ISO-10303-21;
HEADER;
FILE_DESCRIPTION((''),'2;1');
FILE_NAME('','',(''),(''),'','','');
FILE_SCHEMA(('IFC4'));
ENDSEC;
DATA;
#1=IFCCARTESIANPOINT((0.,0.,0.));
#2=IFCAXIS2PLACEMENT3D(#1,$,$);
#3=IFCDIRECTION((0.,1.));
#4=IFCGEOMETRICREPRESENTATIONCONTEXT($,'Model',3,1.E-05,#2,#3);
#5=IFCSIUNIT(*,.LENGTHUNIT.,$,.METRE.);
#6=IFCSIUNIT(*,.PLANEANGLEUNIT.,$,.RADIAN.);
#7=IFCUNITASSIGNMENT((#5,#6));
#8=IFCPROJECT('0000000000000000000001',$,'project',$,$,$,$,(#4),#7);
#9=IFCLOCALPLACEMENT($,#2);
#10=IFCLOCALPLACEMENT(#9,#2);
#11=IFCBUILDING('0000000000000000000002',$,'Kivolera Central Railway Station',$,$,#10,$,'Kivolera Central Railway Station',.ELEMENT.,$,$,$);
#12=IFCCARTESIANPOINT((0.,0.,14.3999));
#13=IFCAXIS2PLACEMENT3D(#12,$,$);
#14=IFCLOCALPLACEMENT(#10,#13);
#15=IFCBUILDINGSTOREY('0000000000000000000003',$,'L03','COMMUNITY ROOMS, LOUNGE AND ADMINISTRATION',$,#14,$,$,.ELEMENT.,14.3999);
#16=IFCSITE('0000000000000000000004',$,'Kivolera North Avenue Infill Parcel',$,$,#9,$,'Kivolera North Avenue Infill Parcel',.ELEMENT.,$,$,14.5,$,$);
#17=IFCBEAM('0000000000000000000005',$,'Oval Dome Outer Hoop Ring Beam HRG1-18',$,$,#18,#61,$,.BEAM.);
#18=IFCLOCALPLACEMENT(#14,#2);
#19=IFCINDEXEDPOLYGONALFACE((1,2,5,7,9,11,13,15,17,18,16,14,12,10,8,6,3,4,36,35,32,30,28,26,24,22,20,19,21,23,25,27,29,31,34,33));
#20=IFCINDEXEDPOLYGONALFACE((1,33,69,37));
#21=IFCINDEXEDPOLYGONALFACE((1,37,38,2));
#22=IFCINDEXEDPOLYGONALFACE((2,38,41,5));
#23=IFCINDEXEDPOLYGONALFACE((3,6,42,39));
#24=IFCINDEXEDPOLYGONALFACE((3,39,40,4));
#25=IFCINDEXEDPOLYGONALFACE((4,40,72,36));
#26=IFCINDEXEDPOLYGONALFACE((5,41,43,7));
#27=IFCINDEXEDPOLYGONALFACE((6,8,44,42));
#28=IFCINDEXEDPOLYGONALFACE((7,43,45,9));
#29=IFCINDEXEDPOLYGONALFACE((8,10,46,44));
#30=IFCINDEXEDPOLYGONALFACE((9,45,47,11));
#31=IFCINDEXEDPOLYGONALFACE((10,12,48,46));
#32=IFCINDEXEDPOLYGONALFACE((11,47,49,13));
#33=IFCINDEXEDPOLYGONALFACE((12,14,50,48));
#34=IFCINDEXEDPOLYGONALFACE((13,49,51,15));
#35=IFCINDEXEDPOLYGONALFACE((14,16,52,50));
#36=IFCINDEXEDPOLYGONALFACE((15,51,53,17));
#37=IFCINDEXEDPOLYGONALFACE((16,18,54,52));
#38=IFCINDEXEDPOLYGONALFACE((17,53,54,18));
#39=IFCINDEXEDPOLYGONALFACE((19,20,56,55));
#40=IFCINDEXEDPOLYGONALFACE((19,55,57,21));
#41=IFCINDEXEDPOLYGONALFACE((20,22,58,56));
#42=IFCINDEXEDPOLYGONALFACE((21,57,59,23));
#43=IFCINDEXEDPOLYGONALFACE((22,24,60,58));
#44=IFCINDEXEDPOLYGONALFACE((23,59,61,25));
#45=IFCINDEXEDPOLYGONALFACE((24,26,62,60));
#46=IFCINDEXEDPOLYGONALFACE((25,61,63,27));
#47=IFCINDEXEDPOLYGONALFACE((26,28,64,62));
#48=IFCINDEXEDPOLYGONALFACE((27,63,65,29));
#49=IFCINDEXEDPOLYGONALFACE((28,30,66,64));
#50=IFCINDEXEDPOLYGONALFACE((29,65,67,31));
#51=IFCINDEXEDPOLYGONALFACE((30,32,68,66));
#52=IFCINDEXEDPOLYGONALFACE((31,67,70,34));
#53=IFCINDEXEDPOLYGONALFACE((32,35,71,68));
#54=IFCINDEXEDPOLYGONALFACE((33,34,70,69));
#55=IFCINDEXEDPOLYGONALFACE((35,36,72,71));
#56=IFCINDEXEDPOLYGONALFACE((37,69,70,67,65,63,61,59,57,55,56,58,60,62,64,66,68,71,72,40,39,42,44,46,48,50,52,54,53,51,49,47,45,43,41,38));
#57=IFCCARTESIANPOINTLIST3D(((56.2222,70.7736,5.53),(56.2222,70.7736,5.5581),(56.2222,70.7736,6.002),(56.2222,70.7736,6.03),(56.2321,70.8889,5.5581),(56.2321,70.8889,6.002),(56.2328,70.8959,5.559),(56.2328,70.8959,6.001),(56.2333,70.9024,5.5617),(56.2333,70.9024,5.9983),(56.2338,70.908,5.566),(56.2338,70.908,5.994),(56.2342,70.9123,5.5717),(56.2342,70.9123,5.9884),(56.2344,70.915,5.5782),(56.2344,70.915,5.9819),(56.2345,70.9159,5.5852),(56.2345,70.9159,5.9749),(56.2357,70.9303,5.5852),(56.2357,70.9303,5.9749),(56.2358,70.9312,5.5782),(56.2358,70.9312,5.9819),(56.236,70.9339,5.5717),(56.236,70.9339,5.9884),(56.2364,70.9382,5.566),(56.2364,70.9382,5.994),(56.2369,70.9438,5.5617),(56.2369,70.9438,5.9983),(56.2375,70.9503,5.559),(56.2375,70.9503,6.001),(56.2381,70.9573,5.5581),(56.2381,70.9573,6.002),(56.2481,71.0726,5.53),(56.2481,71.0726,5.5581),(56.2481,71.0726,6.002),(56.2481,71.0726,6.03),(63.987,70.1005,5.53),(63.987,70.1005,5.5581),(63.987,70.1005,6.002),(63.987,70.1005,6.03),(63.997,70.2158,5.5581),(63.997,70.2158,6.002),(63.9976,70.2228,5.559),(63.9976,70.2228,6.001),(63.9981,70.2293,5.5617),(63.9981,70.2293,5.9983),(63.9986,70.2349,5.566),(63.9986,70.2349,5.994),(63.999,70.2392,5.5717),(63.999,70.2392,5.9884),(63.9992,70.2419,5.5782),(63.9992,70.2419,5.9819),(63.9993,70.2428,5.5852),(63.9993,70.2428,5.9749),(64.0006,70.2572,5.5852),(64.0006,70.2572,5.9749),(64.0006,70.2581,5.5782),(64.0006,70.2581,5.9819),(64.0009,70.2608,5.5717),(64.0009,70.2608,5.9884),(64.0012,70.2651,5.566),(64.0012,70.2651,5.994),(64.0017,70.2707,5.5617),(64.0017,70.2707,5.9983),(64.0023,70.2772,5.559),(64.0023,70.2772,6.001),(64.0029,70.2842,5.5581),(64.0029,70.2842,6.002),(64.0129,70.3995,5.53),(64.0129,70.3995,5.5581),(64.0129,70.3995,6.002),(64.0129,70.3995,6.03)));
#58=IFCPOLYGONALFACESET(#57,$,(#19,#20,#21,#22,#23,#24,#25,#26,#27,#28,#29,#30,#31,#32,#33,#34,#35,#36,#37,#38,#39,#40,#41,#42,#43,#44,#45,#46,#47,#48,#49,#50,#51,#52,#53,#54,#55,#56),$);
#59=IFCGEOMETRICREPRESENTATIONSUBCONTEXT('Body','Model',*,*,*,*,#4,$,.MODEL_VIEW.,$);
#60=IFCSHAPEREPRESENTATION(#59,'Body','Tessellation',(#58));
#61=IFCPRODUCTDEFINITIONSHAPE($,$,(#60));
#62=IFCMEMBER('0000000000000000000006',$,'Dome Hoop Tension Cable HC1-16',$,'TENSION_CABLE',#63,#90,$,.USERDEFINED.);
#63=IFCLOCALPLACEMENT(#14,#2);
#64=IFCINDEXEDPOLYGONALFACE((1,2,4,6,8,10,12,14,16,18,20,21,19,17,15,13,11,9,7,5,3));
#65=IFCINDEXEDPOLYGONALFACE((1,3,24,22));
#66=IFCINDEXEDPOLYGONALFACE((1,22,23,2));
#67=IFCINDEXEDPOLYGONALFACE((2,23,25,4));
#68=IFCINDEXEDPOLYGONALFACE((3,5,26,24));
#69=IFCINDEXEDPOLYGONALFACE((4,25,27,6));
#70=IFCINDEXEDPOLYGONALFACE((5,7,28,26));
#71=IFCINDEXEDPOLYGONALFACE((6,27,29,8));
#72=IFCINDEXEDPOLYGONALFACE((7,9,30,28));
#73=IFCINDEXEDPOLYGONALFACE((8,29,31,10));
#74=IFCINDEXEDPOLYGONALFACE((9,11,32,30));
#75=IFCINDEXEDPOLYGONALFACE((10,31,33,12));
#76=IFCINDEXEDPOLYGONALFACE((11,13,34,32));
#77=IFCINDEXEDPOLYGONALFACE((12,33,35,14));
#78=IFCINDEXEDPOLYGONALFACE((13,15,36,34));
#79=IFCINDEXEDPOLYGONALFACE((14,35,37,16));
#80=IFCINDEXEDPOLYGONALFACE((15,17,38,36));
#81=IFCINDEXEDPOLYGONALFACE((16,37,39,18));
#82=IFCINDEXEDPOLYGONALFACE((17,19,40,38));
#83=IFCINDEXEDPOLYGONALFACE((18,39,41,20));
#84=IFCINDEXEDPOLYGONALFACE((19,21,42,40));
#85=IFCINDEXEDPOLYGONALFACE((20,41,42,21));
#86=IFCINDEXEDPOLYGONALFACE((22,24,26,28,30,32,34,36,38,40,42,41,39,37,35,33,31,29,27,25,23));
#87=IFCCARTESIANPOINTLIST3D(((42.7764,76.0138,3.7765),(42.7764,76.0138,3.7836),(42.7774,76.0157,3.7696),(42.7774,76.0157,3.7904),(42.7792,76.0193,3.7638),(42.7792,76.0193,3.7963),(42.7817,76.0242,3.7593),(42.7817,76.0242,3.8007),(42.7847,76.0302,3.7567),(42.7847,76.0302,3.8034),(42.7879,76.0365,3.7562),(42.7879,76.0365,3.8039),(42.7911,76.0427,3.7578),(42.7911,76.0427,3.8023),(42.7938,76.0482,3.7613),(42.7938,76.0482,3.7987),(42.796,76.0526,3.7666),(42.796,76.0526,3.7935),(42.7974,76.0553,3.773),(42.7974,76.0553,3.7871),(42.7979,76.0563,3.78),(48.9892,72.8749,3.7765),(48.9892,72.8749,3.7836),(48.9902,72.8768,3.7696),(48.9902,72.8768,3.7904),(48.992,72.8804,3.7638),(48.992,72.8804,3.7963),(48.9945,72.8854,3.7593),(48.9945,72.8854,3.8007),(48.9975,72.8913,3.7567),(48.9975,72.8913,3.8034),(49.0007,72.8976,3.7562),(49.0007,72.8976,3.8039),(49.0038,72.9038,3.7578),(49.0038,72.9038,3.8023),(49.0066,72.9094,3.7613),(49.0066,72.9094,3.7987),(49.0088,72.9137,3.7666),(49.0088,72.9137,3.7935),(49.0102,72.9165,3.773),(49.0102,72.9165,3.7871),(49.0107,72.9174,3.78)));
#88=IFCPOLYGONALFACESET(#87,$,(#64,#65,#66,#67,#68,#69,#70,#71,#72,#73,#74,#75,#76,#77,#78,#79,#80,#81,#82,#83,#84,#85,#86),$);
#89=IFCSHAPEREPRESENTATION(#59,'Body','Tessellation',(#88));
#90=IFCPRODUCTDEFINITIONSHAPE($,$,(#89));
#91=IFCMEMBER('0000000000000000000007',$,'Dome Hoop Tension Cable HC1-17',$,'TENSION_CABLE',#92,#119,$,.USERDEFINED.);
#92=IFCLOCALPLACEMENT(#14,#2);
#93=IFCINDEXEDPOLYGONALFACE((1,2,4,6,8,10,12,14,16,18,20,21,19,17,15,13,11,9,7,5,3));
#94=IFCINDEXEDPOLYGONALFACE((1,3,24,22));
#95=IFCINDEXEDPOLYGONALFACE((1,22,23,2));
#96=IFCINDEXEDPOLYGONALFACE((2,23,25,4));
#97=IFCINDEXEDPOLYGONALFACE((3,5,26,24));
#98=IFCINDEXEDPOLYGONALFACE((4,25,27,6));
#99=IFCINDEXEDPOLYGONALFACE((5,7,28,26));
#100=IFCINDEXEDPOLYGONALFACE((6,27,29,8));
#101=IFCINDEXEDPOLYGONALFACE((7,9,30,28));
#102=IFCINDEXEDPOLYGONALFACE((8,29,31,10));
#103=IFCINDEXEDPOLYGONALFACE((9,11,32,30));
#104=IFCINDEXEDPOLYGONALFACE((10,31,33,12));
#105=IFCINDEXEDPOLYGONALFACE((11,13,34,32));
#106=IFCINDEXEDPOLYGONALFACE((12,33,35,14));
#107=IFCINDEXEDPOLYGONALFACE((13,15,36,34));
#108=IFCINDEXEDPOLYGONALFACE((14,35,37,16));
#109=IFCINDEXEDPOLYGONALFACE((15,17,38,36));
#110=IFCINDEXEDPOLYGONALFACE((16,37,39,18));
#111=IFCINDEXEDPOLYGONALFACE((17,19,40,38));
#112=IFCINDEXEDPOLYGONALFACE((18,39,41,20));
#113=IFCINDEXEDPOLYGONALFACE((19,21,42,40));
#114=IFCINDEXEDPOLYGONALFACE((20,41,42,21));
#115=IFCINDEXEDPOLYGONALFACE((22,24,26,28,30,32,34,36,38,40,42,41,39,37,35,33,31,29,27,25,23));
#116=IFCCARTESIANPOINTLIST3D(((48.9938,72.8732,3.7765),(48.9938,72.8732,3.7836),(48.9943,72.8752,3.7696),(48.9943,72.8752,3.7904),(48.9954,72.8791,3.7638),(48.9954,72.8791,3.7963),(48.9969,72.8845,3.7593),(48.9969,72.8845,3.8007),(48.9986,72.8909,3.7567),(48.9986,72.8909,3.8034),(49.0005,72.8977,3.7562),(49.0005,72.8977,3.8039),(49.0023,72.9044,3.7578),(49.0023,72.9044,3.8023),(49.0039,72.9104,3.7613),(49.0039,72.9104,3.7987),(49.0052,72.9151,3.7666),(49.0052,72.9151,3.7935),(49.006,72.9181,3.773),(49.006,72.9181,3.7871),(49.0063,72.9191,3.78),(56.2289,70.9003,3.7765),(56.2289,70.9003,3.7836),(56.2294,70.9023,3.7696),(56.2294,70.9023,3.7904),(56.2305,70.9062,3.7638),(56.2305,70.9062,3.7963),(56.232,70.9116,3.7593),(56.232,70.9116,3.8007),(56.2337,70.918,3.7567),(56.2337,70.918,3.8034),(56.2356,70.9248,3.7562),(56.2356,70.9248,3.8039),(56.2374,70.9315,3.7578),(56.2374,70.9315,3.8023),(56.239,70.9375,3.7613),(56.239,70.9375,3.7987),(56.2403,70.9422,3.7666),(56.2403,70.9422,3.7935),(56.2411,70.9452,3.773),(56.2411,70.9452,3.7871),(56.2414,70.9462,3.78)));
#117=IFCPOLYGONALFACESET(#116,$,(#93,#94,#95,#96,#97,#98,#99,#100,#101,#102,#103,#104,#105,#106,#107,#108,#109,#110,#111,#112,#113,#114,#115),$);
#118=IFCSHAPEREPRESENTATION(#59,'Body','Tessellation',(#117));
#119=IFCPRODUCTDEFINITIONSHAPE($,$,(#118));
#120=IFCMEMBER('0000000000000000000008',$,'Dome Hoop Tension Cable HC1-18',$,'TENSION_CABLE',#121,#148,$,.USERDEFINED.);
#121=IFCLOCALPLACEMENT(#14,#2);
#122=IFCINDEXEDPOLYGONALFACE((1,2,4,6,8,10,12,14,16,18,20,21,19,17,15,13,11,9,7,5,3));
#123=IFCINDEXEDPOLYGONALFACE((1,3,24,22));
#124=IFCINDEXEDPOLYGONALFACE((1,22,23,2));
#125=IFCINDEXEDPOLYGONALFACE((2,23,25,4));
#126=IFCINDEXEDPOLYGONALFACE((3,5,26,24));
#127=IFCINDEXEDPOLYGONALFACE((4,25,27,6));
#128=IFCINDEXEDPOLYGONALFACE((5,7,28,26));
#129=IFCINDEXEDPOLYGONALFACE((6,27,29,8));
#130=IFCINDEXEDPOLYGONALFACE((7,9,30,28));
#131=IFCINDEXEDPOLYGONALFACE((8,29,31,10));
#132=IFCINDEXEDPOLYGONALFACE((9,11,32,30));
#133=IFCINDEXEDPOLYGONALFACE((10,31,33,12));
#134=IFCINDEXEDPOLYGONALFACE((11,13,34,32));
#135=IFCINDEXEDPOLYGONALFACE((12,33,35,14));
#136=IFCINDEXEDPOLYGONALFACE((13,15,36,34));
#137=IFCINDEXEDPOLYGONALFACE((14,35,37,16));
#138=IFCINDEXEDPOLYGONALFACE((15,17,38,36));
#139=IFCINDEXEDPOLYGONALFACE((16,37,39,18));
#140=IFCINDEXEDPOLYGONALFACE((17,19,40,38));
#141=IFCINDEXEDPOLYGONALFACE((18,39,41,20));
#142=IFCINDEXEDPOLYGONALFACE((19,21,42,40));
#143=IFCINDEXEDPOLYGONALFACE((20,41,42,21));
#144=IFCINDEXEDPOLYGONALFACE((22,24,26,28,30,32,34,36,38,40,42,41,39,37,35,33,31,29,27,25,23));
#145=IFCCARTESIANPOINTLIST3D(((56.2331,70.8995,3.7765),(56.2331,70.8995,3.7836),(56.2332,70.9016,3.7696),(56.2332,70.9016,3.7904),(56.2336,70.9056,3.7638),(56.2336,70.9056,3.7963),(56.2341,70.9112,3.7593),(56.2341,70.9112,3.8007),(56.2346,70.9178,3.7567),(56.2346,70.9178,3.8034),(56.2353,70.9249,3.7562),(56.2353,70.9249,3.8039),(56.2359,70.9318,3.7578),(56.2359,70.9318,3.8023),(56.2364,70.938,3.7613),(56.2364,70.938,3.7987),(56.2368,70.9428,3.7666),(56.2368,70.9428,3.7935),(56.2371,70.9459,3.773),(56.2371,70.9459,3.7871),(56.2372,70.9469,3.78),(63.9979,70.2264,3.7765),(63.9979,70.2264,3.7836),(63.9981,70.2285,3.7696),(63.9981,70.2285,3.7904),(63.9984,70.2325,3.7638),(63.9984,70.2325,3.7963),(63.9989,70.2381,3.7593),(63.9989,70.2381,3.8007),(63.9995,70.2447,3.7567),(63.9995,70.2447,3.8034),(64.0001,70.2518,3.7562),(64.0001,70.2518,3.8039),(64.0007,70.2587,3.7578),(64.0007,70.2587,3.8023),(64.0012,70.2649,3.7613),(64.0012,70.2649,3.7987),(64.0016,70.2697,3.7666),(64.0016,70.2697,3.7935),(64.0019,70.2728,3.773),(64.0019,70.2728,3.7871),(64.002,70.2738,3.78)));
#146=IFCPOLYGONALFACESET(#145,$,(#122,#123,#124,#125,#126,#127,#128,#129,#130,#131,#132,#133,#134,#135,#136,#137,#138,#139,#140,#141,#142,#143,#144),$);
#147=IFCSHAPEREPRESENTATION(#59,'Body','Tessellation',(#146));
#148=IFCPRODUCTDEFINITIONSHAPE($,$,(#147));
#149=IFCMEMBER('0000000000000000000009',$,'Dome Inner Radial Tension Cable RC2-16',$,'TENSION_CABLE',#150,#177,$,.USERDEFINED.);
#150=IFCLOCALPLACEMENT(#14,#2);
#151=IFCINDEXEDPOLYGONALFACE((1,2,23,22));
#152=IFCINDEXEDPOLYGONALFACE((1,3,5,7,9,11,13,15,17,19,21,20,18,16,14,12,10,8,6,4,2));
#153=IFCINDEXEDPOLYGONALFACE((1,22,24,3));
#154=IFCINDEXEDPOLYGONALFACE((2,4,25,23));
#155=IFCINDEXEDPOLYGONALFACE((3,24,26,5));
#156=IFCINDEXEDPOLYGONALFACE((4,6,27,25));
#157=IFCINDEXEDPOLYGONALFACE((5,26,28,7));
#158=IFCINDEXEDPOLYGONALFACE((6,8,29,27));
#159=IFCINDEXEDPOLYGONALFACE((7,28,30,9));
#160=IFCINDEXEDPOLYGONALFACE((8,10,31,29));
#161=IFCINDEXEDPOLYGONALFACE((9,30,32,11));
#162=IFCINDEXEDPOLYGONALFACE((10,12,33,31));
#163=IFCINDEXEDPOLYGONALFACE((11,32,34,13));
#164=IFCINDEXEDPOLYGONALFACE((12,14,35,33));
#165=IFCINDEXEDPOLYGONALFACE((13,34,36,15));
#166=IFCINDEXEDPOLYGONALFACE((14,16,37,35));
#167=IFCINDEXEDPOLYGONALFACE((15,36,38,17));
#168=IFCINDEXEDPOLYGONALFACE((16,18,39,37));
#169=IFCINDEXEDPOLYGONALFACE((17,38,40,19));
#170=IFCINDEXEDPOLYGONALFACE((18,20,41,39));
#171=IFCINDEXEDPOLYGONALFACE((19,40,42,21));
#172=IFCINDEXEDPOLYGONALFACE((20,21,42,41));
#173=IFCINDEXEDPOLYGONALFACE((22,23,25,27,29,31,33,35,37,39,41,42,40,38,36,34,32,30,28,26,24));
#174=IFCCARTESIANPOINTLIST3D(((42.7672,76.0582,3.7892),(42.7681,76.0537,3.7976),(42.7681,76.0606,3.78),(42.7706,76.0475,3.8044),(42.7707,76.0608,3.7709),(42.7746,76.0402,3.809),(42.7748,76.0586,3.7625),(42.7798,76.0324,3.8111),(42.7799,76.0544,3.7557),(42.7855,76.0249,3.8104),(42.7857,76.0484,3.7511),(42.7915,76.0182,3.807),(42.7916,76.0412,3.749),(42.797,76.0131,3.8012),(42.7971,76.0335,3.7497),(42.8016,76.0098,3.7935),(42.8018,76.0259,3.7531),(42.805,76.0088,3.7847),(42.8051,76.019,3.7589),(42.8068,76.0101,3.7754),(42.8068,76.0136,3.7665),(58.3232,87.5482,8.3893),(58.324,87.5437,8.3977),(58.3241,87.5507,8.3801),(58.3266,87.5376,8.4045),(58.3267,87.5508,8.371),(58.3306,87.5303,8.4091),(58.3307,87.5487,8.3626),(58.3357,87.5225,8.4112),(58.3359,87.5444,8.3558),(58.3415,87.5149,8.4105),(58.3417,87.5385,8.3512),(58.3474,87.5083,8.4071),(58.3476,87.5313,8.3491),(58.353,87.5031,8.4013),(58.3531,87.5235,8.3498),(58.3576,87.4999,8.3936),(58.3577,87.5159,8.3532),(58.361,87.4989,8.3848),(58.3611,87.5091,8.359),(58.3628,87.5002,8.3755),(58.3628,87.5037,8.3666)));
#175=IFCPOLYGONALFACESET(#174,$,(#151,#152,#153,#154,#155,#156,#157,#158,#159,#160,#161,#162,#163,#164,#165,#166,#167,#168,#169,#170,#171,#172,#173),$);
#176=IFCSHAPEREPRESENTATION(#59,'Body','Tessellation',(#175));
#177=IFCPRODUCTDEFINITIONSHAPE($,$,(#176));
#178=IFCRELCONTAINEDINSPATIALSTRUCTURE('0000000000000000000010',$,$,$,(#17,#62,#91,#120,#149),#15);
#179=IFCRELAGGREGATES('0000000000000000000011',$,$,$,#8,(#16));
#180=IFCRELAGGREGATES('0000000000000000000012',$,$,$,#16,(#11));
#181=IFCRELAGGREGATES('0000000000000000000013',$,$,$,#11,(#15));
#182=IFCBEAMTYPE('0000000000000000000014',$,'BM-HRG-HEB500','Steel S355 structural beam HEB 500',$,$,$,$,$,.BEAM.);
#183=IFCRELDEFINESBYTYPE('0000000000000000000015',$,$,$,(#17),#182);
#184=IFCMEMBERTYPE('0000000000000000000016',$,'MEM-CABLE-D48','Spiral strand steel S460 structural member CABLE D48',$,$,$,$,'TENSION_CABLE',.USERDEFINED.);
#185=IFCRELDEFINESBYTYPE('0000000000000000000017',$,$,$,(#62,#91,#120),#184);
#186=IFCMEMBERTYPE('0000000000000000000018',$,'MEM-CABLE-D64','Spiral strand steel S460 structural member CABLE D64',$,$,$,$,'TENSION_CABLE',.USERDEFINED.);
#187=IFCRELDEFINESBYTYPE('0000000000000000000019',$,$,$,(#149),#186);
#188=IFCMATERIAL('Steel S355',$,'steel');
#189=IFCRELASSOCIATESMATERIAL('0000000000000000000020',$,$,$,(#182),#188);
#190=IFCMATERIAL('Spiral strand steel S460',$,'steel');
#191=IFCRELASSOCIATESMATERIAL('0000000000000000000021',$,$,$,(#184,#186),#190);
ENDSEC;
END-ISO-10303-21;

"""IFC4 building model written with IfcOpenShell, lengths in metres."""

from ifc_helpers import new_model, si_unit, direction, frame, origin, origin_2d, place, context, subcontext, project, spatial, circle, i_section, extrude, material, material_profile, profile_set, type_object, element, save


model = new_model("IFC4")

# Units and contexts
model_context = context("Model", 3, precision=1e-05, world=origin(), true_north=direction((0.0, 1.0)))
body_context = subcontext(model_context, "Body", "Model", "MODEL_VIEW")
ifc_project = project(units=[si_unit("LENGTHUNIT", "METRE"), si_unit("PLANEANGLEUNIT", "RADIAN")], contexts=[model_context])

# Site, building, storey
site_placement = place(None, origin())
site = spatial("IfcSite", under=ifc_project, at=site_placement, Name="Kivolera North Avenue Infill Parcel", LongName="Kivolera North Avenue Infill Parcel", CompositionType="ELEMENT", RefElevation=14.5)
building_placement = place(site_placement, origin())
building = spatial("IfcBuilding", under=site, at=building_placement, Name="Kivolera Central Railway Station", LongName="Kivolera Central Railway Station", CompositionType="ELEMENT")
storey_placement = place(building_placement, frame((0.0, 0.0, 14.3999)))
storey = spatial("IfcBuildingStorey", under=building, at=storey_placement, Name="L03", Description="COMMUNITY ROOMS, LOUNGE AND ADMINISTRATION", CompositionType="ELEMENT", Elevation=14.3999)

# Beam
ifc_material_1 = material(Name="Steel S355", Category="steel")
ifc_material_profile_1 = material_profile(ifc_material_1, i_section(OverallWidth=0.3, OverallDepth=0.5, WebThickness=0.0144, FlangeThickness=0.0281, FilletRadius=0.0271, at=origin_2d()), Name="HEB 500")
ifc_profile_set_1 = profile_set([ifc_material_profile_1], Name="Steel S355")
beam_type_1 = type_object("IfcBeamType", Name="BM-HRG-HEB500", Description="Steel S355 structural beam HEB 500", PredefinedType="BEAM", material=ifc_profile_set_1)
beam_1_placement = place(storey_placement, frame((56.2351, 70.9231, 5.78), z_axis=(0.996264, -0.086361, 0.0), x_axis=(0.086361, 0.996264, 0.0)))
element("IfcBeam", 1, at=beam_1_placement, inside=storey, type_object=beam_type_1, Name="Oval Dome Outer Hoop Ring Beam HRG1-18", PredefinedType="BEAM", context=body_context, shape_type="SweptSolid", body=[
    extrude(i_section(OverallWidth=0.3, OverallDepth=0.5, WebThickness=0.0144, FlangeThickness=0.0281, FilletRadius=0.0271, at=origin_2d()), origin(), (0.0, 0.0, 1.0), 7.7939),
])

# Members
ifc_material_2 = material(Name="Spiral strand steel S460", Category="steel")
ifc_material_profile_2 = material_profile(ifc_material_2, circle(Radius=0.0239, at=origin_2d()), Name="CABLE D48")
ifc_profile_set_2 = profile_set([ifc_material_profile_2], Name="Spiral strand steel S460")
member_type_1 = type_object("IfcMemberType", Name="MEM-CABLE-D48", Description="Spiral strand steel S460 structural member CABLE D48", ElementType="TENSION_CABLE", PredefinedType="USERDEFINED", material=ifc_profile_set_2)
member_1_placement = place(storey_placement, frame((42.7871, 76.0349, 3.78), z_axis=(0.892553, -0.450942, 0.0), x_axis=(0.450942, 0.892553, 0.0)))
element("IfcMember", 2, at=member_1_placement, inside=storey, type_object=member_type_1, Name="Dome Hoop Tension Cable HC1-16", ObjectType="TENSION_CABLE", PredefinedType="USERDEFINED", context=body_context, shape_type="SweptSolid", body=[
    extrude(circle(Radius=0.0239, at=origin_2d()), origin(), (0.0, 0.0, 1.0), 6.9607),
])
member_2_placement = place(storey_placement, frame((49.0, 72.896, 3.78), z_axis=(0.964774, -0.263079, 0.0), x_axis=(0.263079, 0.964774, 0.0)))
element("IfcMember", 3, at=member_2_placement, inside=storey, type_object=member_type_1, Name="Dome Hoop Tension Cable HC1-17", ObjectType="TENSION_CABLE", PredefinedType="USERDEFINED", context=body_context, shape_type="SweptSolid", body=[
    extrude(circle(Radius=0.0239, at=origin_2d()), origin(), (0.0, 0.0, 1.0), 7.4993),
])
member_3_placement = place(storey_placement, frame((56.2351, 70.9231, 3.78), z_axis=(0.996264, -0.086361, 0.0), x_axis=(0.086361, 0.996264, 0.0)))
element("IfcMember", 4, at=member_3_placement, inside=storey, type_object=member_type_1, Name="Dome Hoop Tension Cable HC1-18", ObjectType="TENSION_CABLE", PredefinedType="USERDEFINED", context=body_context, shape_type="SweptSolid", body=[
    extrude(circle(Radius=0.0239, at=origin_2d()), origin(), (0.0, 0.0, 1.0), 7.7939),
])
ifc_material_profile_3 = material_profile(ifc_material_2, circle(Radius=0.032, at=origin_2d()), Name="CABLE D64")
ifc_profile_set_3 = profile_set([ifc_material_profile_3], Name="Spiral strand steel S460")
member_type_2 = type_object("IfcMemberType", Name="MEM-CABLE-D64", Description="Spiral strand steel S460 structural member CABLE D64", ElementType="TENSION_CABLE", PredefinedType="USERDEFINED", material=ifc_profile_set_3)
member_4_placement = place(storey_placement, frame((42.7871, 76.0349, 3.78), z_axis=(0.782537, 0.578002, 0.231407), x_axis=(-0.594128, 0.80437, 0.0)))
element("IfcMember", 5, at=member_4_placement, inside=storey, type_object=member_type_2, Name="Dome Inner Radial Tension Cable RC2-16", ObjectType="TENSION_CABLE", PredefinedType="USERDEFINED", context=body_context, shape_type="SweptSolid", body=[
    extrude(circle(Radius=0.032, at=origin_2d()), origin(), (0.0, 0.0, 1.0), 19.8789),
])

save(model, "model.ifc")
